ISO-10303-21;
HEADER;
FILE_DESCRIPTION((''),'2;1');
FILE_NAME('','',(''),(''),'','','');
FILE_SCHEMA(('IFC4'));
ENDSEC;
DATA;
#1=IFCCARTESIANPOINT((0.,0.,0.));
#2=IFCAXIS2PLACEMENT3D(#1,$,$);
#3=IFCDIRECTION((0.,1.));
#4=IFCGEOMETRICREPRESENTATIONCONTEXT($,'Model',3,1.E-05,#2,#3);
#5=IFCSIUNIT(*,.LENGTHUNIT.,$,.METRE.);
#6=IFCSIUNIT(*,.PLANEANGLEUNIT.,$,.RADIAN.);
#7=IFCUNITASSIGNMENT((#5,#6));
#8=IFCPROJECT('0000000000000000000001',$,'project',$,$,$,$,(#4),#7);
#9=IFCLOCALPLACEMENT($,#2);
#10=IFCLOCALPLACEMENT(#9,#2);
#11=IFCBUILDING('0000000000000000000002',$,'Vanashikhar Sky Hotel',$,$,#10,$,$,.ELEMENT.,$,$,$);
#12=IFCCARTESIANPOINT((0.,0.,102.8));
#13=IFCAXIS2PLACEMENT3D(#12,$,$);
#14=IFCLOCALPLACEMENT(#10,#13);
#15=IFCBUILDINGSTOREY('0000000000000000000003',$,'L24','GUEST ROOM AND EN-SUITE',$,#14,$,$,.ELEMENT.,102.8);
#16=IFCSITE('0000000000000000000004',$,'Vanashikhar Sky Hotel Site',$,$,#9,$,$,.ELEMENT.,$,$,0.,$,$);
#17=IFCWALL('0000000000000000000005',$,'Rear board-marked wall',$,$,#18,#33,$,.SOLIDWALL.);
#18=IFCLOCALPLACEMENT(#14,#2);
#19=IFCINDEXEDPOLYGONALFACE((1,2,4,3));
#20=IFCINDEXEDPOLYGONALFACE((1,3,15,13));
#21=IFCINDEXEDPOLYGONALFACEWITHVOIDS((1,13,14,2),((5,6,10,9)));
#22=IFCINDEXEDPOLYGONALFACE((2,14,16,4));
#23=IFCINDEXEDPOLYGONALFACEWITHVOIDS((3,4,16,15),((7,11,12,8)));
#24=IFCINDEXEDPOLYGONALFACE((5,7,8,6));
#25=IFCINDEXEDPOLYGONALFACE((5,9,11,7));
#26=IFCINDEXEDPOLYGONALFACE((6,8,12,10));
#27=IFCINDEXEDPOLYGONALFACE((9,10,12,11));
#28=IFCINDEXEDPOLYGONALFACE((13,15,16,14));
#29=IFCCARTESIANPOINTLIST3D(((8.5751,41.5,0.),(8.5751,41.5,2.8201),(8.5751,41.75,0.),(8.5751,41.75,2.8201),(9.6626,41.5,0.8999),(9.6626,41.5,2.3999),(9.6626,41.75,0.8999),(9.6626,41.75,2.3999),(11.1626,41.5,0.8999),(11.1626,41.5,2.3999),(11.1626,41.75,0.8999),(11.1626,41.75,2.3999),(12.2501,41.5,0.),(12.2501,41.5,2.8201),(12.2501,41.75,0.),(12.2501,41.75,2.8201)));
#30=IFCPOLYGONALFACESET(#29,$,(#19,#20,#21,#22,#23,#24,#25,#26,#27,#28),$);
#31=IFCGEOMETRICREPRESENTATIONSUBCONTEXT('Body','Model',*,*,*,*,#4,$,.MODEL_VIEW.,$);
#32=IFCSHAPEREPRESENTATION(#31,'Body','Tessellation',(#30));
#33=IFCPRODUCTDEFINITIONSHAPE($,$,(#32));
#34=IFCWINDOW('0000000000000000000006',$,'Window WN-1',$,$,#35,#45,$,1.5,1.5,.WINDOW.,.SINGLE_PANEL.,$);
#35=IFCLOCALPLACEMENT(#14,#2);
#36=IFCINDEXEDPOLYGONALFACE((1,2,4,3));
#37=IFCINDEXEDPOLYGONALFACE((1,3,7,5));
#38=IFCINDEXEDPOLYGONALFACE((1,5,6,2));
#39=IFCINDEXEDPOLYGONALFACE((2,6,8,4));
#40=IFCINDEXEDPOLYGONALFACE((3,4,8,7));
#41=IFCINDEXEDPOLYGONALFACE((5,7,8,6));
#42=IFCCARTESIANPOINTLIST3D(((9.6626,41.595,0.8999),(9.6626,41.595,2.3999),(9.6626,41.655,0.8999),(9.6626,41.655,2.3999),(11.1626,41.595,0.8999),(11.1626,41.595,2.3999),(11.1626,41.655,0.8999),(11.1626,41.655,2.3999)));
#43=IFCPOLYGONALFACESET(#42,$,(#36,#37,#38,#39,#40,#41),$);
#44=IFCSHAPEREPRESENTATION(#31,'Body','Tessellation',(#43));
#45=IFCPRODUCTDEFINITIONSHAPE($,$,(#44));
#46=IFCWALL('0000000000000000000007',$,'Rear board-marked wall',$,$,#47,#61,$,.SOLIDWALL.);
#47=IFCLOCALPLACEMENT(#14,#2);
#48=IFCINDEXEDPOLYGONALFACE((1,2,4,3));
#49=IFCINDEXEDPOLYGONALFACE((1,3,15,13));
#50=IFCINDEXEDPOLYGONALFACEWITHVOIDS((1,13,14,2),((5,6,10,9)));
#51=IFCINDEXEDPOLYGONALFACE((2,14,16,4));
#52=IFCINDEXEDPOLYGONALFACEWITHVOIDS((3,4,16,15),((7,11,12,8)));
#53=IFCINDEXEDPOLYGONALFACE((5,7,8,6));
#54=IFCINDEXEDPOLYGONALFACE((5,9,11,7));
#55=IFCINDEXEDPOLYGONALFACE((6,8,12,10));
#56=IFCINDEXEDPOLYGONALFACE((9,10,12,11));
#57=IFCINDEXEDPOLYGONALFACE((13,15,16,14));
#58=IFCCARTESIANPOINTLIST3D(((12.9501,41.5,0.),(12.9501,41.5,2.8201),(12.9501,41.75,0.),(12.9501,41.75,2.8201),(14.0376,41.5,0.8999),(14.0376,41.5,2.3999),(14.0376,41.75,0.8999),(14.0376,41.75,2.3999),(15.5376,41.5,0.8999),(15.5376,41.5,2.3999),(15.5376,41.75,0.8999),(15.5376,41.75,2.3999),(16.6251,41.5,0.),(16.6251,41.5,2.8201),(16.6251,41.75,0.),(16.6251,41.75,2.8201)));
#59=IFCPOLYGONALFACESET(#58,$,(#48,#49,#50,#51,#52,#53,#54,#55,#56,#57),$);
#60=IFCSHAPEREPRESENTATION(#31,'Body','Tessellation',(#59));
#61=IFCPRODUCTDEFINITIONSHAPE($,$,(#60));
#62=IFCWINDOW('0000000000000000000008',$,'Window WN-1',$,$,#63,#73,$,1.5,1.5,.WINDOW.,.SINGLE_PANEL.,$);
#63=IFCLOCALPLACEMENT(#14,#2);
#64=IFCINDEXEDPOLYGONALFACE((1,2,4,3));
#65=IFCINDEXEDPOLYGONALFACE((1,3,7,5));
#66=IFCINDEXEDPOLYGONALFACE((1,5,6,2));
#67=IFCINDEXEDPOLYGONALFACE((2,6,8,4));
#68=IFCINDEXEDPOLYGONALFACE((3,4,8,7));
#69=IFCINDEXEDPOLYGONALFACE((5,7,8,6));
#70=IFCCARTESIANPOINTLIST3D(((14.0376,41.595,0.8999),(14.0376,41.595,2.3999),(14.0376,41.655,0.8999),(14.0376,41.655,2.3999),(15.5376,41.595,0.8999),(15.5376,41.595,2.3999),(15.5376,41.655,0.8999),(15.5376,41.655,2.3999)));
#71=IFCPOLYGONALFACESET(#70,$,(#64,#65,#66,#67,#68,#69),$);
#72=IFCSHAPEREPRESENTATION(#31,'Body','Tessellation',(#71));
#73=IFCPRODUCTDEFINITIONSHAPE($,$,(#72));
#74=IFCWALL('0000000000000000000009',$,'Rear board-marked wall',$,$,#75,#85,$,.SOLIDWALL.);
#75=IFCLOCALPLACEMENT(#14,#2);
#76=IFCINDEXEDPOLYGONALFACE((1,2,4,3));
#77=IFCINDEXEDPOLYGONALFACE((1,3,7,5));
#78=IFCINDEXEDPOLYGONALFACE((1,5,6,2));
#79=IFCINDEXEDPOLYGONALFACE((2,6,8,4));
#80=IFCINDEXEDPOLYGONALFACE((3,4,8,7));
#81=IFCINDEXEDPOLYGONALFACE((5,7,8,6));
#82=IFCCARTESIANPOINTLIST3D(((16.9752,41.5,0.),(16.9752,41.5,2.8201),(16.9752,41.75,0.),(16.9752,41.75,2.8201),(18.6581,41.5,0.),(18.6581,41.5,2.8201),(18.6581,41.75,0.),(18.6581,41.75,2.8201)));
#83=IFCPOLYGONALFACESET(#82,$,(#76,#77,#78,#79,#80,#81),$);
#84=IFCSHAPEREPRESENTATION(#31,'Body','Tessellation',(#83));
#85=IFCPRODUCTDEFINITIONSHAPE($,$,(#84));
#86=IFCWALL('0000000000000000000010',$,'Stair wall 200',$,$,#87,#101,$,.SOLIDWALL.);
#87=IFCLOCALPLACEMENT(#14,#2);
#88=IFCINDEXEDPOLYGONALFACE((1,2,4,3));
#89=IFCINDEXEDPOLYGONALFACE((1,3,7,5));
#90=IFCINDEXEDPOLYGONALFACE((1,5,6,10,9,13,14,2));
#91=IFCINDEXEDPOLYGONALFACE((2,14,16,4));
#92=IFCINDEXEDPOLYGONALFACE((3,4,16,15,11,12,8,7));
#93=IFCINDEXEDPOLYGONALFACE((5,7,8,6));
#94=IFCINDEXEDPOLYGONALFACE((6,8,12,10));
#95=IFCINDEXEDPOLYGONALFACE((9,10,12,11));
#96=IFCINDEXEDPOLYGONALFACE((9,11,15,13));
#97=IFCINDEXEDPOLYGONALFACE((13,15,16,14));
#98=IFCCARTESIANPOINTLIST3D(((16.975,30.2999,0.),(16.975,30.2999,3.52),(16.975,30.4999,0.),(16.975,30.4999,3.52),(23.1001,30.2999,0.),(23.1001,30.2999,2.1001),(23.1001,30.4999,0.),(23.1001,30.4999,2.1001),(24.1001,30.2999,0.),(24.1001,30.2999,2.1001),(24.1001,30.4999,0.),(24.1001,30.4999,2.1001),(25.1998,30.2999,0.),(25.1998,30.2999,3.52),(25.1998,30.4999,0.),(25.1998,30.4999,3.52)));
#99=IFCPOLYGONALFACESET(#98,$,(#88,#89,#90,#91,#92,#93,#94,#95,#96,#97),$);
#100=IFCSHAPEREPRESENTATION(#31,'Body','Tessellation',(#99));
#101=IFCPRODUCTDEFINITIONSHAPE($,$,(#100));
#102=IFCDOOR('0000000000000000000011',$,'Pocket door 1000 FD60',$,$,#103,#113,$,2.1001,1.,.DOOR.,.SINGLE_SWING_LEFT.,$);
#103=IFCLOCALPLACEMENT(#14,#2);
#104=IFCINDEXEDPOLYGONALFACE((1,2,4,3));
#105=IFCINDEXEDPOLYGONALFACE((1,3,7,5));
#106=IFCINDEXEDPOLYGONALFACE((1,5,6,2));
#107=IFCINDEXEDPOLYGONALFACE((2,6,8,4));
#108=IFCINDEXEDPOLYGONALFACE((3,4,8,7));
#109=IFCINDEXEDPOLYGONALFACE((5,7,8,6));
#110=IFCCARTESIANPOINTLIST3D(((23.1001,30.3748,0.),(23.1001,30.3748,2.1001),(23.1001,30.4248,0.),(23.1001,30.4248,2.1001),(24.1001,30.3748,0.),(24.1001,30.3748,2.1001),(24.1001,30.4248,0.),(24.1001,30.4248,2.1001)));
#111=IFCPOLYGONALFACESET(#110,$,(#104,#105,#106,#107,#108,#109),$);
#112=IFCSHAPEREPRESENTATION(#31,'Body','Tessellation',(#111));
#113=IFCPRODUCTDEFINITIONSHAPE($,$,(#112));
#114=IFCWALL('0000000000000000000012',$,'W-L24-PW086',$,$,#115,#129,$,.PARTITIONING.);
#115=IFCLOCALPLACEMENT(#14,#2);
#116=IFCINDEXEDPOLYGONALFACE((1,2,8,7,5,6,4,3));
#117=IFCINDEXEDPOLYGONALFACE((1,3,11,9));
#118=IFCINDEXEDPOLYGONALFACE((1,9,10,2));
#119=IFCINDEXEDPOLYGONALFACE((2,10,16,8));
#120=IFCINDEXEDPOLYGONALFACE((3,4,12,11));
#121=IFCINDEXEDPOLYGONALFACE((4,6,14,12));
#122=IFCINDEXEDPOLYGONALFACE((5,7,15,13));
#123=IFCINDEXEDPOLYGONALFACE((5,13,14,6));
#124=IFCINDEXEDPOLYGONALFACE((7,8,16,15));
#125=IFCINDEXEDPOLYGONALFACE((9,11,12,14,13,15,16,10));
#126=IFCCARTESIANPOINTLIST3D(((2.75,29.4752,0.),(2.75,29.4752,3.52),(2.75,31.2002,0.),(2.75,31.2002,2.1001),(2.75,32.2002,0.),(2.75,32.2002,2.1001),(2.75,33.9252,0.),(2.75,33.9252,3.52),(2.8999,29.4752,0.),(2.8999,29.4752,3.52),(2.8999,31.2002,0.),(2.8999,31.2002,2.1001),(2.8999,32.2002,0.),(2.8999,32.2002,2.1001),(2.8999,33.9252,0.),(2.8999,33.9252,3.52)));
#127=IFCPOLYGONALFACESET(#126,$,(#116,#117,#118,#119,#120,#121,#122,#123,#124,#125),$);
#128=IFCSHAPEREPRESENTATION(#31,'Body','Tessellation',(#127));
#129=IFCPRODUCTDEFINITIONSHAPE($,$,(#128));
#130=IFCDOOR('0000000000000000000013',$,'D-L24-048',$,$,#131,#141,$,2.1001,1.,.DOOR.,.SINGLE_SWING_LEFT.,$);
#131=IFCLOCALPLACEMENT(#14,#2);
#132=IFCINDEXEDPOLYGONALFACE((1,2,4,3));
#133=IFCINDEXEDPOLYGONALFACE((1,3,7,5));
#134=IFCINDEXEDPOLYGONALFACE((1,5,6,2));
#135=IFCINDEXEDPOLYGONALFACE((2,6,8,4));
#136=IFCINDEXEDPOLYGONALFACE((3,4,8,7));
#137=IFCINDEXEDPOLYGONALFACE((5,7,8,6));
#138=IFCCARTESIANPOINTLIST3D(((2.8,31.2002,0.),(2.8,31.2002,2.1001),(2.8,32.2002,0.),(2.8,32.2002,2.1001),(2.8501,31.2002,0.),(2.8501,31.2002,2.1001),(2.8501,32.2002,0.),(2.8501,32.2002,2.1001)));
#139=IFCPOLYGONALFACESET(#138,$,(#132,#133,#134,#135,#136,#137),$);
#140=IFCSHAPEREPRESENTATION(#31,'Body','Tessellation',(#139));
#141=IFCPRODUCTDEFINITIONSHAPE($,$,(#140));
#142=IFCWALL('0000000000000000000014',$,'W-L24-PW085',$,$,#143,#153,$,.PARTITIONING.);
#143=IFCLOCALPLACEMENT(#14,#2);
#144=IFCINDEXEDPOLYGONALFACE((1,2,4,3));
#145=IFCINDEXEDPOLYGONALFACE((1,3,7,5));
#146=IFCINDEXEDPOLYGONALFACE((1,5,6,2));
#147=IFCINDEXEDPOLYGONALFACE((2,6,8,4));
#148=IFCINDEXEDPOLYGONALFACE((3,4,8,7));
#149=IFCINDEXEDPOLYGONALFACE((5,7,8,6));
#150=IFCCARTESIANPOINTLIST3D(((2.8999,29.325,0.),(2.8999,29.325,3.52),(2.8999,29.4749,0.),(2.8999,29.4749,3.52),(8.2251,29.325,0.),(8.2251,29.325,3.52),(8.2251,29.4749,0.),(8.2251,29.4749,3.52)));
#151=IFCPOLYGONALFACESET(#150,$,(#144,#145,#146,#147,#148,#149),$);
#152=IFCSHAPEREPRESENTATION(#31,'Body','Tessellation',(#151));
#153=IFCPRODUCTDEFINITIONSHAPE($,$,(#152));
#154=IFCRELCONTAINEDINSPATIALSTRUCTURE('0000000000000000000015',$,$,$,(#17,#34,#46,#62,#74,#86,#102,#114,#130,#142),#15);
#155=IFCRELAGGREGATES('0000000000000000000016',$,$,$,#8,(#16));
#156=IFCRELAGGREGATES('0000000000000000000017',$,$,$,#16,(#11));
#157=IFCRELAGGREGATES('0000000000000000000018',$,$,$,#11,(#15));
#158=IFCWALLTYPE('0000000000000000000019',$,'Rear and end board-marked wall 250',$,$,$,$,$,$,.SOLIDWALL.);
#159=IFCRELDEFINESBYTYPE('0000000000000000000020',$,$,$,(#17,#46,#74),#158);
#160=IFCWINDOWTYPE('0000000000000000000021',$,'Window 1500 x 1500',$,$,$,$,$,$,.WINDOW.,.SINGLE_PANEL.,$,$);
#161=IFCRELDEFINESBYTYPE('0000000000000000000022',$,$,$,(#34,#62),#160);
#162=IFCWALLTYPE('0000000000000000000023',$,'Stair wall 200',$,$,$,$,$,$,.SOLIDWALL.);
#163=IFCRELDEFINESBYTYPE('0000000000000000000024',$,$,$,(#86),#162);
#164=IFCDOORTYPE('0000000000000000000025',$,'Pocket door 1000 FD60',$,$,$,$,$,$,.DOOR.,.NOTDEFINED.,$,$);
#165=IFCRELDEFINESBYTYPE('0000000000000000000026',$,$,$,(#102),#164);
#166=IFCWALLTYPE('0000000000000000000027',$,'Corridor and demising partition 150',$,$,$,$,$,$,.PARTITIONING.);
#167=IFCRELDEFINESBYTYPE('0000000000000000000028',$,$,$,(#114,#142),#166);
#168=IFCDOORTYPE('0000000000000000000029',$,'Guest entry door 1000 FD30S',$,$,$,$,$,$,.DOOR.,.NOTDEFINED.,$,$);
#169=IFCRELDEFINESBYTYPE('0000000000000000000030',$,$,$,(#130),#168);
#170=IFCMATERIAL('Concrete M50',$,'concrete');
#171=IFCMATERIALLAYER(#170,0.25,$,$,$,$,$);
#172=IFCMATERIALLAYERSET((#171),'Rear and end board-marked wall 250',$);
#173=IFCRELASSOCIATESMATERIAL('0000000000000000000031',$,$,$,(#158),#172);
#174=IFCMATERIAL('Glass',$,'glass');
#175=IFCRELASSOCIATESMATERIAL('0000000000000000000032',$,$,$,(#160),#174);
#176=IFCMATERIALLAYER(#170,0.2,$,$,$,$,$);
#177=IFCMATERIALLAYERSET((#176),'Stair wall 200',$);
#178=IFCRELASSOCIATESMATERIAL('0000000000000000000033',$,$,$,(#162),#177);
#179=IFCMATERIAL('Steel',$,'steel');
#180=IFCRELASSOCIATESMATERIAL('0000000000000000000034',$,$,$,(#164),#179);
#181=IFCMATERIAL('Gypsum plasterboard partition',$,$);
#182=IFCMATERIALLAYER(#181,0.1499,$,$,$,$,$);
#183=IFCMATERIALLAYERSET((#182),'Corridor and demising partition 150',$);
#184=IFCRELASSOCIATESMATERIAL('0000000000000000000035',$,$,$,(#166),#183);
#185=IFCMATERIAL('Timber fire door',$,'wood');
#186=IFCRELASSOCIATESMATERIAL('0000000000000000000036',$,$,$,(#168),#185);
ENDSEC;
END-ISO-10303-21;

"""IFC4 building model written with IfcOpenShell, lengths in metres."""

from ifc_helpers import new_model, si_unit, direction, frame, frame_2d, origin, place, context, subcontext, project, spatial, rectangle, extrude, source, transform, mapped, material, layer, layer_set, type_object, element, fill, save


model = new_model("IFC4")

# Units and contexts
model_context = context("Model", 3, precision=1e-05, world=origin(), true_north=direction((0.0, 1.0)))
body_context = subcontext(model_context, "Body", "Model", "MODEL_VIEW")
ifc_project = project(units=[si_unit("LENGTHUNIT", "METRE"), si_unit("PLANEANGLEUNIT", "RADIAN")], contexts=[model_context])

# Site, building, storey
site_placement = place(None, origin())
site = spatial("IfcSite", under=ifc_project, at=site_placement, Name="Vanashikhar Sky Hotel Site", CompositionType="ELEMENT", RefElevation=0.0)
building_placement = place(site_placement, origin())
building = spatial("IfcBuilding", under=site, at=building_placement, Name="Vanashikhar Sky Hotel", CompositionType="ELEMENT")
storey_placement = place(building_placement, frame((0.0, 0.0, 102.8)))
storey = spatial("IfcBuildingStorey", under=building, at=storey_placement, Name="L24", Description="GUEST ROOM AND EN-SUITE", CompositionType="ELEMENT", Elevation=102.8)

# Shared definitions
ifc_material_1 = material(Name="Concrete M50", Category="concrete")

# Shared definitions
ifc_material_2 = material(Name="Glass", Category="glass")

# Walls, openings, windows
ifc_layer_1 = layer(ifc_material_1, 0.25)
ifc_layer_set_1 = layer_set([ifc_layer_1], Name="Rear and end board-marked wall 250")
wall_type_1 = type_object("IfcWallType", Name="Rear and end board-marked wall 250", PredefinedType="SOLIDWALL", material=ifc_layer_set_1)
shared_shape_1 = source(origin(), body_context, "Body", "SweptSolid", [
    extrude(rectangle(XDim=1.5, YDim=1.5, at=frame_2d((0.75, 0.75))), frame((0.0, 0.135, 0.0), z_axis=(0.0, -1.0, 0.0), x_axis=(1.0, 0.0, 0.0)), (0.0, 0.0, 1.0), 0.27),
])
window_type_1 = type_object("IfcWindowType", Name="Window 1500 x 1500", PartitioningType="SINGLE_PANEL", PredefinedType="WINDOW", material=ifc_material_2)
shared_shape_2 = source(origin(), body_context, "Body", "SweptSolid", [
    extrude(rectangle(XDim=1.5, YDim=1.5, at=frame_2d((0.75, 0.75))), frame((0.0, 0.03, 0.0), z_axis=(0.0, -1.0, 0.0), x_axis=(1.0, 0.0, 0.0)), (0.0, 0.0, 1.0), 0.0601),
])
shared_shape_3 = source(origin(), body_context, "Body", "SweptSolid", [
    extrude(rectangle(XDim=3.675, YDim=0.25, at=frame_2d((1.8374, 0.0))), origin(), (0.0, 0.0, 1.0), 2.8201),
])
wall_1_placement = place(storey_placement, frame((12.25, 41.625, 0.0), z_axis=(0.0, 0.0, 1.0), x_axis=(-1.0, 0.0, 0.0)))
wall_1 = element("IfcWall", 1, at=wall_1_placement, inside=storey, type_object=wall_type_1, Name="Rear board-marked wall", PredefinedType="SOLIDWALL", context=body_context, shape_type="MappedRepresentation", body=[
    mapped(shared_shape_3, transform((0.0, 0.0, 0.0), scale=1.0)),
])
opening_1_placement = place(wall_1_placement, frame((1.0874, 0.0, 0.8999)))
opening_1 = element("IfcOpeningElement", 2, at=opening_1_placement, cuts=wall_1, PredefinedType="OPENING", context=body_context, shape_type="MappedRepresentation", body=[
    mapped(shared_shape_1, transform((0.0, 0.0, 0.0), scale=1.0)),
])
window_1_placement = place(opening_1_placement, origin())
window_1 = element("IfcWindow", 3, at=window_1_placement, inside=storey, type_object=window_type_1, Name="Window WN-1", OverallHeight=1.5, OverallWidth=1.5, PartitioningType="SINGLE_PANEL", PredefinedType="WINDOW", context=body_context, shape_type="MappedRepresentation", body=[
    mapped(shared_shape_2, transform((0.0, 0.0, 0.0), scale=1.0)),
])
fill(opening_1, window_1)
wall_2_placement = place(storey_placement, frame((16.625, 41.625, 0.0), z_axis=(0.0, 0.0, 1.0), x_axis=(-1.0, 0.0, 0.0)))
wall_2 = element("IfcWall", 4, at=wall_2_placement, inside=storey, type_object=wall_type_1, Name="Rear board-marked wall", PredefinedType="SOLIDWALL", context=body_context, shape_type="MappedRepresentation", body=[
    mapped(shared_shape_3, transform((0.0, 0.0, 0.0), scale=1.0)),
])
opening_2_placement = place(wall_2_placement, frame((1.0874, 0.0, 0.8999)))
opening_2 = element("IfcOpeningElement", 5, at=opening_2_placement, cuts=wall_2, PredefinedType="OPENING", context=body_context, shape_type="MappedRepresentation", body=[
    mapped(shared_shape_1, transform((0.0, 0.0, 0.0), scale=1.0)),
])
window_2_placement = place(opening_2_placement, origin())
window_2 = element("IfcWindow", 6, at=window_2_placement, inside=storey, type_object=window_type_1, Name="Window WN-1", OverallHeight=1.5, OverallWidth=1.5, PartitioningType="SINGLE_PANEL", PredefinedType="WINDOW", context=body_context, shape_type="MappedRepresentation", body=[
    mapped(shared_shape_2, transform((0.0, 0.0, 0.0), scale=1.0)),
])
fill(opening_2, window_2)

# Wall
shared_shape_4 = source(origin(), body_context, "Body", "SweptSolid", [
    extrude(rectangle(XDim=1.6829, YDim=0.25, at=frame_2d((0.8413, 0.0))), origin(), (0.0, 0.0, 1.0), 2.8201),
])
wall_3_placement = place(storey_placement, frame((18.658, 41.625, 0.0), z_axis=(0.0, 0.0, 1.0), x_axis=(-1.0, 0.0, 0.0)))
element("IfcWall", 7, at=wall_3_placement, inside=storey, type_object=wall_type_1, Name="Rear board-marked wall", PredefinedType="SOLIDWALL", context=body_context, shape_type="MappedRepresentation", body=[
    mapped(shared_shape_4, transform((0.0, 0.0, 0.0), scale=1.0)),
])

# Walls, openings, doors
ifc_layer_2 = layer(ifc_material_1, 0.2)
ifc_layer_set_2 = layer_set([ifc_layer_2], Name="Stair wall 200")
wall_type_2 = type_object("IfcWallType", Name="Stair wall 200", PredefinedType="SOLIDWALL", material=ifc_layer_set_2)
shared_shape_5 = source(origin(), body_context, "Body", "SweptSolid", [
    extrude(rectangle(XDim=8.2249, YDim=0.2, at=frame_2d((4.1123, 0.0))), origin(), (0.0, 0.0, 1.0), 3.52),
])
wall_4_placement = place(storey_placement, frame((16.9751, 30.3999, 0.0), z_axis=(0.0, 0.0, 1.0), x_axis=(1.0, 0.0, 0.0)))
wall_4 = element("IfcWall", 8, at=wall_4_placement, inside=storey, type_object=wall_type_2, Name="Stair wall 200", PredefinedType="SOLIDWALL", context=body_context, shape_type="MappedRepresentation", body=[
    mapped(shared_shape_5, transform((0.0, 0.0, 0.0), scale=1.0)),
])
shared_shape_6 = source(origin(), body_context, "Body", "SweptSolid", [
    extrude(rectangle(XDim=1.0, YDim=2.1001, at=frame_2d((0.5, 1.05))), frame((0.0, 0.1099, 0.0), z_axis=(0.0, -1.0, 0.0), x_axis=(1.0, 0.0, 0.0)), (0.0, 0.0, 1.0), 0.22),
])
opening_3_placement = place(wall_4_placement, frame((6.125, 0.0, 0.0)))
opening_3 = element("IfcOpeningElement", 9, at=opening_3_placement, cuts=wall_4, PredefinedType="OPENING", context=body_context, shape_type="MappedRepresentation", body=[
    mapped(shared_shape_6, transform((0.0, 0.0, 0.0), scale=1.0)),
])
ifc_material_3 = material(Name="Steel", Category="steel")
door_type_1 = type_object("IfcDoorType", Name="Pocket door 1000 FD60", OperationType="NOTDEFINED", PredefinedType="DOOR", material=ifc_material_3)
shared_shape_7 = source(origin(), body_context, "Body", "SweptSolid", [
    extrude(rectangle(XDim=1.0, YDim=2.1001, at=frame_2d((0.5, 1.05))), frame((0.0, 0.0249, 0.0), z_axis=(0.0, -1.0, 0.0), x_axis=(1.0, 0.0, 0.0)), (0.0, 0.0, 1.0), 0.05),
])
door_1_placement = place(opening_3_placement, origin())
door_1 = element("IfcDoor", 10, at=door_1_placement, inside=storey, type_object=door_type_1, Name="Pocket door 1000 FD60", OperationType="SINGLE_SWING_LEFT", OverallHeight=2.1001, OverallWidth=1.0, PredefinedType="DOOR", context=body_context, shape_type="MappedRepresentation", body=[
    mapped(shared_shape_7, transform((0.0, 0.0, 0.0), scale=1.0)),
])
fill(opening_3, door_1)
ifc_material_4 = material(Name="Gypsum plasterboard partition")
ifc_layer_3 = layer(ifc_material_4, 0.1499)
ifc_layer_set_3 = layer_set([ifc_layer_3], Name="Corridor and demising partition 150")
wall_type_3 = type_object("IfcWallType", Name="Corridor and demising partition 150", PredefinedType="PARTITIONING", material=ifc_layer_set_3)
shared_shape_8 = source(origin(), body_context, "Body", "SweptSolid", [
    extrude(rectangle(XDim=4.45, YDim=0.1499, at=frame_2d((2.2251, 0.0))), origin(), (0.0, 0.0, 1.0), 3.52),
])
wall_5_placement = place(storey_placement, frame((2.825, 29.4751, 0.0), z_axis=(0.0, 0.0, 1.0), x_axis=(0.0, 1.0, 0.0)))
wall_5 = element("IfcWall", 11, at=wall_5_placement, inside=storey, type_object=wall_type_3, Name="W-L24-PW086", PredefinedType="PARTITIONING", context=body_context, shape_type="MappedRepresentation", body=[
    mapped(shared_shape_8, transform((0.0, 0.0, 0.0), scale=1.0)),
])
shared_shape_9 = source(origin(), body_context, "Body", "SweptSolid", [
    extrude(rectangle(XDim=1.0, YDim=2.1001, at=frame_2d((0.5, 1.05))), frame((0.0, 0.085, 0.0), z_axis=(0.0, -1.0, 0.0), x_axis=(1.0, 0.0, 0.0)), (0.0, 0.0, 1.0), 0.1699),
])
opening_4_placement = place(wall_5_placement, frame((1.7251, 0.0, 0.0)))
opening_4 = element("IfcOpeningElement", 12, at=opening_4_placement, cuts=wall_5, PredefinedType="OPENING", context=body_context, shape_type="MappedRepresentation", body=[
    mapped(shared_shape_9, transform((0.0, 0.0, 0.0), scale=1.0)),
])
ifc_material_5 = material(Name="Timber fire door", Category="wood")
door_type_2 = type_object("IfcDoorType", Name="Guest entry door 1000 FD30S", OperationType="NOTDEFINED", PredefinedType="DOOR", material=ifc_material_5)
door_2_placement = place(opening_4_placement, origin())
door_2 = element("IfcDoor", 13, at=door_2_placement, inside=storey, type_object=door_type_2, Name="D-L24-048", OperationType="SINGLE_SWING_LEFT", OverallHeight=2.1001, OverallWidth=1.0, PredefinedType="DOOR", context=body_context, shape_type="MappedRepresentation", body=[
    mapped(shared_shape_7, transform((0.0, 0.0, 0.0), scale=1.0)),
])
fill(opening_4, door_2)

# Wall
shared_shape_10 = source(origin(), body_context, "Body", "SweptSolid", [
    extrude(rectangle(XDim=5.3252, YDim=0.1499, at=frame_2d((2.6626, 0.0))), origin(), (0.0, 0.0, 1.0), 3.52),
])
wall_6_placement = place(storey_placement, frame((2.8999, 29.3999, 0.0), z_axis=(0.0, 0.0, 1.0), x_axis=(1.0, 0.0, 0.0)))
element("IfcWall", 14, at=wall_6_placement, inside=storey, type_object=wall_type_3, Name="W-L24-PW085", PredefinedType="PARTITIONING", context=body_context, shape_type="MappedRepresentation", body=[
    mapped(shared_shape_10, transform((0.0, 0.0, 0.0), scale=1.0)),
])

save(model, "model.ifc")
